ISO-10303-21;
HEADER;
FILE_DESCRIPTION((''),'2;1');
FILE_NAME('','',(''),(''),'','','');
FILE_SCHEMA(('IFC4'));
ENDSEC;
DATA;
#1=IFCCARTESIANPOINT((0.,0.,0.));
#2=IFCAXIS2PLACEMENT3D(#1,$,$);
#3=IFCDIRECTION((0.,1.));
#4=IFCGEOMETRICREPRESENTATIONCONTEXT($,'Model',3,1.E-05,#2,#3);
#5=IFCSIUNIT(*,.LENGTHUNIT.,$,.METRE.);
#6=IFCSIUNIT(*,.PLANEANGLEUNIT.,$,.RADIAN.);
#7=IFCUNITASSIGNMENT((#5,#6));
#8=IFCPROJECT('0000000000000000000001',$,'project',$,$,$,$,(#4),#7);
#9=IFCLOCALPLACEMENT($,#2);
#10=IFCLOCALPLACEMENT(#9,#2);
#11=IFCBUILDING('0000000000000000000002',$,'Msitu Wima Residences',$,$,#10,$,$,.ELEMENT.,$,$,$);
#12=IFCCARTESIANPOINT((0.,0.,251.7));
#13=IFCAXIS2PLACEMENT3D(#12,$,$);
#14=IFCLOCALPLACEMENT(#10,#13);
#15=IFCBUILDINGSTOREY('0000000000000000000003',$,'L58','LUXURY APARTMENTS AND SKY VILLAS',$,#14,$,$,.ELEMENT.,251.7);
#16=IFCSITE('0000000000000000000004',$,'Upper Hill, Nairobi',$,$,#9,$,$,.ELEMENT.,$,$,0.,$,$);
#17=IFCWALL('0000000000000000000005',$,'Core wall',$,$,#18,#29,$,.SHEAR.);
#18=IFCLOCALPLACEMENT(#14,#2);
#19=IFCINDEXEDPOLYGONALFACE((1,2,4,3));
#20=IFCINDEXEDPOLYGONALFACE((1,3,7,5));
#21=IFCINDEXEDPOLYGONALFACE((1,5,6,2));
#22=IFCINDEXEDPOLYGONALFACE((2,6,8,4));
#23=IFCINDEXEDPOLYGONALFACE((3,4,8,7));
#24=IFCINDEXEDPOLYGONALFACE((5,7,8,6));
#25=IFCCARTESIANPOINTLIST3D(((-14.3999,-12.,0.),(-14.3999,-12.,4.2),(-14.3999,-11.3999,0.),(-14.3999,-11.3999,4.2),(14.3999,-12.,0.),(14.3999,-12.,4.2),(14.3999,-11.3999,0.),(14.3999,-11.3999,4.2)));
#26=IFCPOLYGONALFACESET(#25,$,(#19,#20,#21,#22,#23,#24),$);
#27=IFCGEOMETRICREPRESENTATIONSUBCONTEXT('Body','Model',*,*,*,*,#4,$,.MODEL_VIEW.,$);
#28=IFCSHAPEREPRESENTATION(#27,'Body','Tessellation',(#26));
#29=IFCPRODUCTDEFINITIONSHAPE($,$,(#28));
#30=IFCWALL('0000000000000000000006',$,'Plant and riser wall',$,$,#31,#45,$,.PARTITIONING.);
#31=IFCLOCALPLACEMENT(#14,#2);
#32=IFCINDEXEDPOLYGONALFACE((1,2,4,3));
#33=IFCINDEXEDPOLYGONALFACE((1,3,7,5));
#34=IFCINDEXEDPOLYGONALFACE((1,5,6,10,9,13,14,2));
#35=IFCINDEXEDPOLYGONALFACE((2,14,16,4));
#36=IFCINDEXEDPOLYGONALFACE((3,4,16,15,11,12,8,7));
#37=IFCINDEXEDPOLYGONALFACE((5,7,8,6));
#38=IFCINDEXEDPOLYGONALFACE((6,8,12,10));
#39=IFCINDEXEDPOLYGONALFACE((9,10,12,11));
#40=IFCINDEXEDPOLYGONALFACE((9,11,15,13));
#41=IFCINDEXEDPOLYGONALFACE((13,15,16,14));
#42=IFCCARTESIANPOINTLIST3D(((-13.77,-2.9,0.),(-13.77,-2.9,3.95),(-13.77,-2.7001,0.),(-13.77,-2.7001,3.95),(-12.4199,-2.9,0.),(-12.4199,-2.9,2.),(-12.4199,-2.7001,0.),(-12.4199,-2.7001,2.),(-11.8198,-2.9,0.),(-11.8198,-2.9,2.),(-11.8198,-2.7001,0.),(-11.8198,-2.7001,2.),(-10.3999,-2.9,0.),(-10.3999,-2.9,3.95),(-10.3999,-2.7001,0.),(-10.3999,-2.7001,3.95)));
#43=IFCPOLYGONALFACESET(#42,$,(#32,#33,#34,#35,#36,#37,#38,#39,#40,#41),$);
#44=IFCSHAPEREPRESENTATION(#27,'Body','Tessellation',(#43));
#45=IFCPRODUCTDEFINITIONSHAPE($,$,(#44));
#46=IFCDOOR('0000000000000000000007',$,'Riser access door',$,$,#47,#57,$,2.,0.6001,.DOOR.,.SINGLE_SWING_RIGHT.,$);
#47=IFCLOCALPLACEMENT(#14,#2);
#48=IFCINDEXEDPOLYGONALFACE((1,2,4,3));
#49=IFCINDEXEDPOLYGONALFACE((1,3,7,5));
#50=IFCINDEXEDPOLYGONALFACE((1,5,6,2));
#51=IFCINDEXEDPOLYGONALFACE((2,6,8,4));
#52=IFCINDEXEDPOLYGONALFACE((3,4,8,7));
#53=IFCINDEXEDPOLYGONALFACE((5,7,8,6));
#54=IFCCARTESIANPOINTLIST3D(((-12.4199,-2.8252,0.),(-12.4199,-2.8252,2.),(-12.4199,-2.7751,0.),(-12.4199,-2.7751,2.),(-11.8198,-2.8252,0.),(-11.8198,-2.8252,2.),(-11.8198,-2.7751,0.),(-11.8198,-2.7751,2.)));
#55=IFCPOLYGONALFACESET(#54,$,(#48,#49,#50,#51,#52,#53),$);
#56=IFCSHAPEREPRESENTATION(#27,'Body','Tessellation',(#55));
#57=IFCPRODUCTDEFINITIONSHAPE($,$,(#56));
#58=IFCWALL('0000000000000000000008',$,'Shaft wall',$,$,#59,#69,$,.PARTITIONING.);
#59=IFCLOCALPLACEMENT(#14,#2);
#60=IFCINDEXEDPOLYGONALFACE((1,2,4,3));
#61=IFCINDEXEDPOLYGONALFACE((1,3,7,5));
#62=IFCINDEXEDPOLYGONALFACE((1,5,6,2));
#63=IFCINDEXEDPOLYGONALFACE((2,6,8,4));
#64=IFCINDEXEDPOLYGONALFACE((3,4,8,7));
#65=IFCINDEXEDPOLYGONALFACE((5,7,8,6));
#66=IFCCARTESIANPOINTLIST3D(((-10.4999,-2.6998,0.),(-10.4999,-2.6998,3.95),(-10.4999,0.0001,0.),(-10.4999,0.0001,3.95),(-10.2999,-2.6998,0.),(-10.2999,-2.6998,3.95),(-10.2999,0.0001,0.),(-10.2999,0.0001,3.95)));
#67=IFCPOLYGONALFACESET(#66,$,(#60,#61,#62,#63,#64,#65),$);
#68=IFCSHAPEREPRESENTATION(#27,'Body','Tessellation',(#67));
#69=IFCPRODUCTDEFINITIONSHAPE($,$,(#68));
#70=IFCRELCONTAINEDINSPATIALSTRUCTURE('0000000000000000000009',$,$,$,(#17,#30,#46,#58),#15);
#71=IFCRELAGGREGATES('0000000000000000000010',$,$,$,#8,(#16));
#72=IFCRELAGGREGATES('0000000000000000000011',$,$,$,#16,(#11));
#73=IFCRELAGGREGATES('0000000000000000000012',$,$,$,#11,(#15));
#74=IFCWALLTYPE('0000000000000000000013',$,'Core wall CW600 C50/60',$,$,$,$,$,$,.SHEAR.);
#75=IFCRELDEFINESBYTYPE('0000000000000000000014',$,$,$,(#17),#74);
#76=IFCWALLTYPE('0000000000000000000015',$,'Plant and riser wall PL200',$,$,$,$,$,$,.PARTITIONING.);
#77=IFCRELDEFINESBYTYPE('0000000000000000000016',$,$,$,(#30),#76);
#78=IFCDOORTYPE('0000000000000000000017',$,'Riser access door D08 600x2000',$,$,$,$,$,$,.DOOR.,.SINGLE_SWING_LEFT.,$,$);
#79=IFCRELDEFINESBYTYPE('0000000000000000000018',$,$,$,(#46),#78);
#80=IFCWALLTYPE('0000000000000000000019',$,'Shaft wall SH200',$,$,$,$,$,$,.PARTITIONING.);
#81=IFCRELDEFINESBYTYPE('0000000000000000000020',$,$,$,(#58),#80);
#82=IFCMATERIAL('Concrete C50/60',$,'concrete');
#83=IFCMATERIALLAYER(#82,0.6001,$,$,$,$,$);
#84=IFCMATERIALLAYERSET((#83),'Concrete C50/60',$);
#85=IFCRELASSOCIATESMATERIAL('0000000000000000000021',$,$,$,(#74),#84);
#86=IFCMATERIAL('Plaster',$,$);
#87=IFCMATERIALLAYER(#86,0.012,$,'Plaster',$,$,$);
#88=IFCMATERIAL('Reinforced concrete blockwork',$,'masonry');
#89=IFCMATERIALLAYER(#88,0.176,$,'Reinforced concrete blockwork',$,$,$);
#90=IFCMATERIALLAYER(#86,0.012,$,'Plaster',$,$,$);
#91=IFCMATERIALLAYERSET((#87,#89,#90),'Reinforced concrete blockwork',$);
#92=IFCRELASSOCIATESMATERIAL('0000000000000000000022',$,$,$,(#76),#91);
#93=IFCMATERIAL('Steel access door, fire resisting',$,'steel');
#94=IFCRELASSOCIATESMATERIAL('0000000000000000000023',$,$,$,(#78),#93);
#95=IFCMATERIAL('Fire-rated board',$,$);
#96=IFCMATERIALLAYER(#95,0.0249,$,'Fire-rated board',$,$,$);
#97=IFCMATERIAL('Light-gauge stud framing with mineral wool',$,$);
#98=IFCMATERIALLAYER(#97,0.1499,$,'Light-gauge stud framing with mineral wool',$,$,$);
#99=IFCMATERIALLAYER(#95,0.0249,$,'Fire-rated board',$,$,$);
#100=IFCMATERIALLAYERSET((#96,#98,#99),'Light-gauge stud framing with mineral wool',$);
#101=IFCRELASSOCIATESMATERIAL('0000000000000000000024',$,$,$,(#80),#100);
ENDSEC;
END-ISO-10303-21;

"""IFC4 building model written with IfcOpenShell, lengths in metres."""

from ifc_helpers import new_model, si_unit, direction, frame, frame_2d, origin, place, context, subcontext, project, spatial, rectangle, extrude, material, layer, layer_set, type_object, element, fill, save


model = new_model("IFC4")

# Units and contexts
model_context = context("Model", 3, precision=1e-05, world=origin(), true_north=direction((0.0, 1.0)))
body_context = subcontext(model_context, "Body", "Model", "MODEL_VIEW")
ifc_project = project(units=[si_unit("LENGTHUNIT", "METRE"), si_unit("PLANEANGLEUNIT", "RADIAN")], contexts=[model_context])

# Site, building, storey
site_placement = place(None, origin())
site = spatial("IfcSite", under=ifc_project, at=site_placement, Name="Upper Hill, Nairobi", CompositionType="ELEMENT", RefElevation=0.0)
building_placement = place(site_placement, origin())
building = spatial("IfcBuilding", under=site, at=building_placement, Name="Msitu Wima Residences", CompositionType="ELEMENT")
storey_placement = place(building_placement, frame((0.0, 0.0, 251.7)))
storey = spatial("IfcBuildingStorey", under=building, at=storey_placement, Name="L58", Description="LUXURY APARTMENTS AND SKY VILLAS", CompositionType="ELEMENT", Elevation=251.7)

# Wall
ifc_material_1 = material(Name="Concrete C50/60", Category="concrete")
ifc_layer_1 = layer(ifc_material_1, 0.6001)
ifc_layer_set_1 = layer_set([ifc_layer_1], Name="Concrete C50/60")
wall_type_1 = type_object("IfcWallType", Name="Core wall CW600 C50/60", PredefinedType="SHEAR", material=ifc_layer_set_1)
wall_1_placement = place(storey_placement, frame((-14.3999, -11.7, 0.0), z_axis=(0.0, 0.0, 1.0), x_axis=(1.0, 0.0, 0.0)))
element("IfcWall", 1, at=wall_1_placement, inside=storey, type_object=wall_type_1, Name="Core wall", PredefinedType="SHEAR", context=body_context, shape_type="SweptSolid", body=[
    extrude(rectangle(XDim=28.7998, YDim=0.6001, at=frame_2d((14.3999, 0.0))), origin(), (0.0, 0.0, 1.0), 4.2),
])

# Wall, opening, door
ifc_material_2 = material(Name="Plaster")
ifc_layer_2 = layer(ifc_material_2, 0.012, Name="Plaster")
ifc_material_3 = material(Name="Reinforced concrete blockwork", Category="masonry")
ifc_layer_3 = layer(ifc_material_3, 0.176, Name="Reinforced concrete blockwork")
ifc_layer_4 = layer(ifc_material_2, 0.012, Name="Plaster")
ifc_layer_set_2 = layer_set([ifc_layer_2, ifc_layer_3, ifc_layer_4], Name="Reinforced concrete blockwork")
wall_type_2 = type_object("IfcWallType", Name="Plant and riser wall PL200", PredefinedType="PARTITIONING", material=ifc_layer_set_2)
wall_2_placement = place(storey_placement, frame((-13.77, -2.8, 0.0), z_axis=(0.0, 0.0, 1.0), x_axis=(1.0, 0.0, 0.0)))
wall_2 = element("IfcWall", 2, at=wall_2_placement, inside=storey, type_object=wall_type_2, Name="Plant and riser wall", PredefinedType="PARTITIONING", context=body_context, shape_type="SweptSolid", body=[
    extrude(rectangle(XDim=3.3701, YDim=0.2, at=frame_2d((1.6851, 0.0))), origin(), (0.0, 0.0, 1.0), 3.95),
])
opening_1_placement = place(wall_2_placement, frame((1.3501, 0.0, 0.0)))
opening_1 = element("IfcOpeningElement", 3, at=opening_1_placement, cuts=wall_2, PredefinedType="OPENING", context=body_context, shape_type="SweptSolid", body=[
    extrude(rectangle(XDim=0.6001, YDim=2.0, at=frame_2d((0.3, 1.0))), frame((0.0, 0.1099, 0.0), z_axis=(0.0, -1.0, 0.0), x_axis=(1.0, 0.0, 0.0)), (0.0, 0.0, 1.0), 0.22),
])
ifc_material_4 = material(Name="Steel access door, fire resisting", Category="steel")
door_type_1 = type_object("IfcDoorType", Name="Riser access door D08 600x2000", OperationType="SINGLE_SWING_LEFT", PredefinedType="DOOR", material=ifc_material_4)
door_1_placement = place(opening_1_placement, origin())
door_1 = element("IfcDoor", 4, at=door_1_placement, inside=storey, type_object=door_type_1, Name="Riser access door", OperationType="SINGLE_SWING_RIGHT", OverallHeight=2.0, OverallWidth=0.6001, PredefinedType="DOOR", context=body_context, shape_type="SweptSolid", body=[
    extrude(rectangle(XDim=0.6001, YDim=2.0, at=frame_2d((0.3, 1.0))), frame((0.0, 0.0249, 0.0), z_axis=(0.0, -1.0, 0.0), x_axis=(1.0, 0.0, 0.0)), (0.0, 0.0, 1.0), 0.05),
])
fill(opening_1, door_1)

# Wall
ifc_material_5 = material(Name="Fire-rated board")
ifc_layer_5 = layer(ifc_material_5, 0.0249, Name="Fire-rated board")
ifc_material_6 = material(Name="Light-gauge stud framing with mineral wool")
ifc_layer_6 = layer(ifc_material_6, 0.1499, Name="Light-gauge stud framing with mineral wool")
ifc_layer_7 = layer(ifc_material_5, 0.0249, Name="Fire-rated board")
ifc_layer_set_3 = layer_set([ifc_layer_5, ifc_layer_6, ifc_layer_7], Name="Light-gauge stud framing with mineral wool")
wall_type_3 = type_object("IfcWallType", Name="Shaft wall SH200", PredefinedType="PARTITIONING", material=ifc_layer_set_3)
wall_3_placement = place(storey_placement, frame((-10.3999, -2.7, 0.0), z_axis=(0.0, 0.0, 1.0), x_axis=(0.0, 1.0, 0.0)))
element("IfcWall", 5, at=wall_3_placement, inside=storey, type_object=wall_type_3, Name="Shaft wall", PredefinedType="PARTITIONING", context=body_context, shape_type="SweptSolid", body=[
    extrude(rectangle(XDim=2.7, YDim=0.2, at=frame_2d((1.3501, 0.0))), origin(), (0.0, 0.0, 1.0), 3.95),
])

save(model, "model.ifc")
